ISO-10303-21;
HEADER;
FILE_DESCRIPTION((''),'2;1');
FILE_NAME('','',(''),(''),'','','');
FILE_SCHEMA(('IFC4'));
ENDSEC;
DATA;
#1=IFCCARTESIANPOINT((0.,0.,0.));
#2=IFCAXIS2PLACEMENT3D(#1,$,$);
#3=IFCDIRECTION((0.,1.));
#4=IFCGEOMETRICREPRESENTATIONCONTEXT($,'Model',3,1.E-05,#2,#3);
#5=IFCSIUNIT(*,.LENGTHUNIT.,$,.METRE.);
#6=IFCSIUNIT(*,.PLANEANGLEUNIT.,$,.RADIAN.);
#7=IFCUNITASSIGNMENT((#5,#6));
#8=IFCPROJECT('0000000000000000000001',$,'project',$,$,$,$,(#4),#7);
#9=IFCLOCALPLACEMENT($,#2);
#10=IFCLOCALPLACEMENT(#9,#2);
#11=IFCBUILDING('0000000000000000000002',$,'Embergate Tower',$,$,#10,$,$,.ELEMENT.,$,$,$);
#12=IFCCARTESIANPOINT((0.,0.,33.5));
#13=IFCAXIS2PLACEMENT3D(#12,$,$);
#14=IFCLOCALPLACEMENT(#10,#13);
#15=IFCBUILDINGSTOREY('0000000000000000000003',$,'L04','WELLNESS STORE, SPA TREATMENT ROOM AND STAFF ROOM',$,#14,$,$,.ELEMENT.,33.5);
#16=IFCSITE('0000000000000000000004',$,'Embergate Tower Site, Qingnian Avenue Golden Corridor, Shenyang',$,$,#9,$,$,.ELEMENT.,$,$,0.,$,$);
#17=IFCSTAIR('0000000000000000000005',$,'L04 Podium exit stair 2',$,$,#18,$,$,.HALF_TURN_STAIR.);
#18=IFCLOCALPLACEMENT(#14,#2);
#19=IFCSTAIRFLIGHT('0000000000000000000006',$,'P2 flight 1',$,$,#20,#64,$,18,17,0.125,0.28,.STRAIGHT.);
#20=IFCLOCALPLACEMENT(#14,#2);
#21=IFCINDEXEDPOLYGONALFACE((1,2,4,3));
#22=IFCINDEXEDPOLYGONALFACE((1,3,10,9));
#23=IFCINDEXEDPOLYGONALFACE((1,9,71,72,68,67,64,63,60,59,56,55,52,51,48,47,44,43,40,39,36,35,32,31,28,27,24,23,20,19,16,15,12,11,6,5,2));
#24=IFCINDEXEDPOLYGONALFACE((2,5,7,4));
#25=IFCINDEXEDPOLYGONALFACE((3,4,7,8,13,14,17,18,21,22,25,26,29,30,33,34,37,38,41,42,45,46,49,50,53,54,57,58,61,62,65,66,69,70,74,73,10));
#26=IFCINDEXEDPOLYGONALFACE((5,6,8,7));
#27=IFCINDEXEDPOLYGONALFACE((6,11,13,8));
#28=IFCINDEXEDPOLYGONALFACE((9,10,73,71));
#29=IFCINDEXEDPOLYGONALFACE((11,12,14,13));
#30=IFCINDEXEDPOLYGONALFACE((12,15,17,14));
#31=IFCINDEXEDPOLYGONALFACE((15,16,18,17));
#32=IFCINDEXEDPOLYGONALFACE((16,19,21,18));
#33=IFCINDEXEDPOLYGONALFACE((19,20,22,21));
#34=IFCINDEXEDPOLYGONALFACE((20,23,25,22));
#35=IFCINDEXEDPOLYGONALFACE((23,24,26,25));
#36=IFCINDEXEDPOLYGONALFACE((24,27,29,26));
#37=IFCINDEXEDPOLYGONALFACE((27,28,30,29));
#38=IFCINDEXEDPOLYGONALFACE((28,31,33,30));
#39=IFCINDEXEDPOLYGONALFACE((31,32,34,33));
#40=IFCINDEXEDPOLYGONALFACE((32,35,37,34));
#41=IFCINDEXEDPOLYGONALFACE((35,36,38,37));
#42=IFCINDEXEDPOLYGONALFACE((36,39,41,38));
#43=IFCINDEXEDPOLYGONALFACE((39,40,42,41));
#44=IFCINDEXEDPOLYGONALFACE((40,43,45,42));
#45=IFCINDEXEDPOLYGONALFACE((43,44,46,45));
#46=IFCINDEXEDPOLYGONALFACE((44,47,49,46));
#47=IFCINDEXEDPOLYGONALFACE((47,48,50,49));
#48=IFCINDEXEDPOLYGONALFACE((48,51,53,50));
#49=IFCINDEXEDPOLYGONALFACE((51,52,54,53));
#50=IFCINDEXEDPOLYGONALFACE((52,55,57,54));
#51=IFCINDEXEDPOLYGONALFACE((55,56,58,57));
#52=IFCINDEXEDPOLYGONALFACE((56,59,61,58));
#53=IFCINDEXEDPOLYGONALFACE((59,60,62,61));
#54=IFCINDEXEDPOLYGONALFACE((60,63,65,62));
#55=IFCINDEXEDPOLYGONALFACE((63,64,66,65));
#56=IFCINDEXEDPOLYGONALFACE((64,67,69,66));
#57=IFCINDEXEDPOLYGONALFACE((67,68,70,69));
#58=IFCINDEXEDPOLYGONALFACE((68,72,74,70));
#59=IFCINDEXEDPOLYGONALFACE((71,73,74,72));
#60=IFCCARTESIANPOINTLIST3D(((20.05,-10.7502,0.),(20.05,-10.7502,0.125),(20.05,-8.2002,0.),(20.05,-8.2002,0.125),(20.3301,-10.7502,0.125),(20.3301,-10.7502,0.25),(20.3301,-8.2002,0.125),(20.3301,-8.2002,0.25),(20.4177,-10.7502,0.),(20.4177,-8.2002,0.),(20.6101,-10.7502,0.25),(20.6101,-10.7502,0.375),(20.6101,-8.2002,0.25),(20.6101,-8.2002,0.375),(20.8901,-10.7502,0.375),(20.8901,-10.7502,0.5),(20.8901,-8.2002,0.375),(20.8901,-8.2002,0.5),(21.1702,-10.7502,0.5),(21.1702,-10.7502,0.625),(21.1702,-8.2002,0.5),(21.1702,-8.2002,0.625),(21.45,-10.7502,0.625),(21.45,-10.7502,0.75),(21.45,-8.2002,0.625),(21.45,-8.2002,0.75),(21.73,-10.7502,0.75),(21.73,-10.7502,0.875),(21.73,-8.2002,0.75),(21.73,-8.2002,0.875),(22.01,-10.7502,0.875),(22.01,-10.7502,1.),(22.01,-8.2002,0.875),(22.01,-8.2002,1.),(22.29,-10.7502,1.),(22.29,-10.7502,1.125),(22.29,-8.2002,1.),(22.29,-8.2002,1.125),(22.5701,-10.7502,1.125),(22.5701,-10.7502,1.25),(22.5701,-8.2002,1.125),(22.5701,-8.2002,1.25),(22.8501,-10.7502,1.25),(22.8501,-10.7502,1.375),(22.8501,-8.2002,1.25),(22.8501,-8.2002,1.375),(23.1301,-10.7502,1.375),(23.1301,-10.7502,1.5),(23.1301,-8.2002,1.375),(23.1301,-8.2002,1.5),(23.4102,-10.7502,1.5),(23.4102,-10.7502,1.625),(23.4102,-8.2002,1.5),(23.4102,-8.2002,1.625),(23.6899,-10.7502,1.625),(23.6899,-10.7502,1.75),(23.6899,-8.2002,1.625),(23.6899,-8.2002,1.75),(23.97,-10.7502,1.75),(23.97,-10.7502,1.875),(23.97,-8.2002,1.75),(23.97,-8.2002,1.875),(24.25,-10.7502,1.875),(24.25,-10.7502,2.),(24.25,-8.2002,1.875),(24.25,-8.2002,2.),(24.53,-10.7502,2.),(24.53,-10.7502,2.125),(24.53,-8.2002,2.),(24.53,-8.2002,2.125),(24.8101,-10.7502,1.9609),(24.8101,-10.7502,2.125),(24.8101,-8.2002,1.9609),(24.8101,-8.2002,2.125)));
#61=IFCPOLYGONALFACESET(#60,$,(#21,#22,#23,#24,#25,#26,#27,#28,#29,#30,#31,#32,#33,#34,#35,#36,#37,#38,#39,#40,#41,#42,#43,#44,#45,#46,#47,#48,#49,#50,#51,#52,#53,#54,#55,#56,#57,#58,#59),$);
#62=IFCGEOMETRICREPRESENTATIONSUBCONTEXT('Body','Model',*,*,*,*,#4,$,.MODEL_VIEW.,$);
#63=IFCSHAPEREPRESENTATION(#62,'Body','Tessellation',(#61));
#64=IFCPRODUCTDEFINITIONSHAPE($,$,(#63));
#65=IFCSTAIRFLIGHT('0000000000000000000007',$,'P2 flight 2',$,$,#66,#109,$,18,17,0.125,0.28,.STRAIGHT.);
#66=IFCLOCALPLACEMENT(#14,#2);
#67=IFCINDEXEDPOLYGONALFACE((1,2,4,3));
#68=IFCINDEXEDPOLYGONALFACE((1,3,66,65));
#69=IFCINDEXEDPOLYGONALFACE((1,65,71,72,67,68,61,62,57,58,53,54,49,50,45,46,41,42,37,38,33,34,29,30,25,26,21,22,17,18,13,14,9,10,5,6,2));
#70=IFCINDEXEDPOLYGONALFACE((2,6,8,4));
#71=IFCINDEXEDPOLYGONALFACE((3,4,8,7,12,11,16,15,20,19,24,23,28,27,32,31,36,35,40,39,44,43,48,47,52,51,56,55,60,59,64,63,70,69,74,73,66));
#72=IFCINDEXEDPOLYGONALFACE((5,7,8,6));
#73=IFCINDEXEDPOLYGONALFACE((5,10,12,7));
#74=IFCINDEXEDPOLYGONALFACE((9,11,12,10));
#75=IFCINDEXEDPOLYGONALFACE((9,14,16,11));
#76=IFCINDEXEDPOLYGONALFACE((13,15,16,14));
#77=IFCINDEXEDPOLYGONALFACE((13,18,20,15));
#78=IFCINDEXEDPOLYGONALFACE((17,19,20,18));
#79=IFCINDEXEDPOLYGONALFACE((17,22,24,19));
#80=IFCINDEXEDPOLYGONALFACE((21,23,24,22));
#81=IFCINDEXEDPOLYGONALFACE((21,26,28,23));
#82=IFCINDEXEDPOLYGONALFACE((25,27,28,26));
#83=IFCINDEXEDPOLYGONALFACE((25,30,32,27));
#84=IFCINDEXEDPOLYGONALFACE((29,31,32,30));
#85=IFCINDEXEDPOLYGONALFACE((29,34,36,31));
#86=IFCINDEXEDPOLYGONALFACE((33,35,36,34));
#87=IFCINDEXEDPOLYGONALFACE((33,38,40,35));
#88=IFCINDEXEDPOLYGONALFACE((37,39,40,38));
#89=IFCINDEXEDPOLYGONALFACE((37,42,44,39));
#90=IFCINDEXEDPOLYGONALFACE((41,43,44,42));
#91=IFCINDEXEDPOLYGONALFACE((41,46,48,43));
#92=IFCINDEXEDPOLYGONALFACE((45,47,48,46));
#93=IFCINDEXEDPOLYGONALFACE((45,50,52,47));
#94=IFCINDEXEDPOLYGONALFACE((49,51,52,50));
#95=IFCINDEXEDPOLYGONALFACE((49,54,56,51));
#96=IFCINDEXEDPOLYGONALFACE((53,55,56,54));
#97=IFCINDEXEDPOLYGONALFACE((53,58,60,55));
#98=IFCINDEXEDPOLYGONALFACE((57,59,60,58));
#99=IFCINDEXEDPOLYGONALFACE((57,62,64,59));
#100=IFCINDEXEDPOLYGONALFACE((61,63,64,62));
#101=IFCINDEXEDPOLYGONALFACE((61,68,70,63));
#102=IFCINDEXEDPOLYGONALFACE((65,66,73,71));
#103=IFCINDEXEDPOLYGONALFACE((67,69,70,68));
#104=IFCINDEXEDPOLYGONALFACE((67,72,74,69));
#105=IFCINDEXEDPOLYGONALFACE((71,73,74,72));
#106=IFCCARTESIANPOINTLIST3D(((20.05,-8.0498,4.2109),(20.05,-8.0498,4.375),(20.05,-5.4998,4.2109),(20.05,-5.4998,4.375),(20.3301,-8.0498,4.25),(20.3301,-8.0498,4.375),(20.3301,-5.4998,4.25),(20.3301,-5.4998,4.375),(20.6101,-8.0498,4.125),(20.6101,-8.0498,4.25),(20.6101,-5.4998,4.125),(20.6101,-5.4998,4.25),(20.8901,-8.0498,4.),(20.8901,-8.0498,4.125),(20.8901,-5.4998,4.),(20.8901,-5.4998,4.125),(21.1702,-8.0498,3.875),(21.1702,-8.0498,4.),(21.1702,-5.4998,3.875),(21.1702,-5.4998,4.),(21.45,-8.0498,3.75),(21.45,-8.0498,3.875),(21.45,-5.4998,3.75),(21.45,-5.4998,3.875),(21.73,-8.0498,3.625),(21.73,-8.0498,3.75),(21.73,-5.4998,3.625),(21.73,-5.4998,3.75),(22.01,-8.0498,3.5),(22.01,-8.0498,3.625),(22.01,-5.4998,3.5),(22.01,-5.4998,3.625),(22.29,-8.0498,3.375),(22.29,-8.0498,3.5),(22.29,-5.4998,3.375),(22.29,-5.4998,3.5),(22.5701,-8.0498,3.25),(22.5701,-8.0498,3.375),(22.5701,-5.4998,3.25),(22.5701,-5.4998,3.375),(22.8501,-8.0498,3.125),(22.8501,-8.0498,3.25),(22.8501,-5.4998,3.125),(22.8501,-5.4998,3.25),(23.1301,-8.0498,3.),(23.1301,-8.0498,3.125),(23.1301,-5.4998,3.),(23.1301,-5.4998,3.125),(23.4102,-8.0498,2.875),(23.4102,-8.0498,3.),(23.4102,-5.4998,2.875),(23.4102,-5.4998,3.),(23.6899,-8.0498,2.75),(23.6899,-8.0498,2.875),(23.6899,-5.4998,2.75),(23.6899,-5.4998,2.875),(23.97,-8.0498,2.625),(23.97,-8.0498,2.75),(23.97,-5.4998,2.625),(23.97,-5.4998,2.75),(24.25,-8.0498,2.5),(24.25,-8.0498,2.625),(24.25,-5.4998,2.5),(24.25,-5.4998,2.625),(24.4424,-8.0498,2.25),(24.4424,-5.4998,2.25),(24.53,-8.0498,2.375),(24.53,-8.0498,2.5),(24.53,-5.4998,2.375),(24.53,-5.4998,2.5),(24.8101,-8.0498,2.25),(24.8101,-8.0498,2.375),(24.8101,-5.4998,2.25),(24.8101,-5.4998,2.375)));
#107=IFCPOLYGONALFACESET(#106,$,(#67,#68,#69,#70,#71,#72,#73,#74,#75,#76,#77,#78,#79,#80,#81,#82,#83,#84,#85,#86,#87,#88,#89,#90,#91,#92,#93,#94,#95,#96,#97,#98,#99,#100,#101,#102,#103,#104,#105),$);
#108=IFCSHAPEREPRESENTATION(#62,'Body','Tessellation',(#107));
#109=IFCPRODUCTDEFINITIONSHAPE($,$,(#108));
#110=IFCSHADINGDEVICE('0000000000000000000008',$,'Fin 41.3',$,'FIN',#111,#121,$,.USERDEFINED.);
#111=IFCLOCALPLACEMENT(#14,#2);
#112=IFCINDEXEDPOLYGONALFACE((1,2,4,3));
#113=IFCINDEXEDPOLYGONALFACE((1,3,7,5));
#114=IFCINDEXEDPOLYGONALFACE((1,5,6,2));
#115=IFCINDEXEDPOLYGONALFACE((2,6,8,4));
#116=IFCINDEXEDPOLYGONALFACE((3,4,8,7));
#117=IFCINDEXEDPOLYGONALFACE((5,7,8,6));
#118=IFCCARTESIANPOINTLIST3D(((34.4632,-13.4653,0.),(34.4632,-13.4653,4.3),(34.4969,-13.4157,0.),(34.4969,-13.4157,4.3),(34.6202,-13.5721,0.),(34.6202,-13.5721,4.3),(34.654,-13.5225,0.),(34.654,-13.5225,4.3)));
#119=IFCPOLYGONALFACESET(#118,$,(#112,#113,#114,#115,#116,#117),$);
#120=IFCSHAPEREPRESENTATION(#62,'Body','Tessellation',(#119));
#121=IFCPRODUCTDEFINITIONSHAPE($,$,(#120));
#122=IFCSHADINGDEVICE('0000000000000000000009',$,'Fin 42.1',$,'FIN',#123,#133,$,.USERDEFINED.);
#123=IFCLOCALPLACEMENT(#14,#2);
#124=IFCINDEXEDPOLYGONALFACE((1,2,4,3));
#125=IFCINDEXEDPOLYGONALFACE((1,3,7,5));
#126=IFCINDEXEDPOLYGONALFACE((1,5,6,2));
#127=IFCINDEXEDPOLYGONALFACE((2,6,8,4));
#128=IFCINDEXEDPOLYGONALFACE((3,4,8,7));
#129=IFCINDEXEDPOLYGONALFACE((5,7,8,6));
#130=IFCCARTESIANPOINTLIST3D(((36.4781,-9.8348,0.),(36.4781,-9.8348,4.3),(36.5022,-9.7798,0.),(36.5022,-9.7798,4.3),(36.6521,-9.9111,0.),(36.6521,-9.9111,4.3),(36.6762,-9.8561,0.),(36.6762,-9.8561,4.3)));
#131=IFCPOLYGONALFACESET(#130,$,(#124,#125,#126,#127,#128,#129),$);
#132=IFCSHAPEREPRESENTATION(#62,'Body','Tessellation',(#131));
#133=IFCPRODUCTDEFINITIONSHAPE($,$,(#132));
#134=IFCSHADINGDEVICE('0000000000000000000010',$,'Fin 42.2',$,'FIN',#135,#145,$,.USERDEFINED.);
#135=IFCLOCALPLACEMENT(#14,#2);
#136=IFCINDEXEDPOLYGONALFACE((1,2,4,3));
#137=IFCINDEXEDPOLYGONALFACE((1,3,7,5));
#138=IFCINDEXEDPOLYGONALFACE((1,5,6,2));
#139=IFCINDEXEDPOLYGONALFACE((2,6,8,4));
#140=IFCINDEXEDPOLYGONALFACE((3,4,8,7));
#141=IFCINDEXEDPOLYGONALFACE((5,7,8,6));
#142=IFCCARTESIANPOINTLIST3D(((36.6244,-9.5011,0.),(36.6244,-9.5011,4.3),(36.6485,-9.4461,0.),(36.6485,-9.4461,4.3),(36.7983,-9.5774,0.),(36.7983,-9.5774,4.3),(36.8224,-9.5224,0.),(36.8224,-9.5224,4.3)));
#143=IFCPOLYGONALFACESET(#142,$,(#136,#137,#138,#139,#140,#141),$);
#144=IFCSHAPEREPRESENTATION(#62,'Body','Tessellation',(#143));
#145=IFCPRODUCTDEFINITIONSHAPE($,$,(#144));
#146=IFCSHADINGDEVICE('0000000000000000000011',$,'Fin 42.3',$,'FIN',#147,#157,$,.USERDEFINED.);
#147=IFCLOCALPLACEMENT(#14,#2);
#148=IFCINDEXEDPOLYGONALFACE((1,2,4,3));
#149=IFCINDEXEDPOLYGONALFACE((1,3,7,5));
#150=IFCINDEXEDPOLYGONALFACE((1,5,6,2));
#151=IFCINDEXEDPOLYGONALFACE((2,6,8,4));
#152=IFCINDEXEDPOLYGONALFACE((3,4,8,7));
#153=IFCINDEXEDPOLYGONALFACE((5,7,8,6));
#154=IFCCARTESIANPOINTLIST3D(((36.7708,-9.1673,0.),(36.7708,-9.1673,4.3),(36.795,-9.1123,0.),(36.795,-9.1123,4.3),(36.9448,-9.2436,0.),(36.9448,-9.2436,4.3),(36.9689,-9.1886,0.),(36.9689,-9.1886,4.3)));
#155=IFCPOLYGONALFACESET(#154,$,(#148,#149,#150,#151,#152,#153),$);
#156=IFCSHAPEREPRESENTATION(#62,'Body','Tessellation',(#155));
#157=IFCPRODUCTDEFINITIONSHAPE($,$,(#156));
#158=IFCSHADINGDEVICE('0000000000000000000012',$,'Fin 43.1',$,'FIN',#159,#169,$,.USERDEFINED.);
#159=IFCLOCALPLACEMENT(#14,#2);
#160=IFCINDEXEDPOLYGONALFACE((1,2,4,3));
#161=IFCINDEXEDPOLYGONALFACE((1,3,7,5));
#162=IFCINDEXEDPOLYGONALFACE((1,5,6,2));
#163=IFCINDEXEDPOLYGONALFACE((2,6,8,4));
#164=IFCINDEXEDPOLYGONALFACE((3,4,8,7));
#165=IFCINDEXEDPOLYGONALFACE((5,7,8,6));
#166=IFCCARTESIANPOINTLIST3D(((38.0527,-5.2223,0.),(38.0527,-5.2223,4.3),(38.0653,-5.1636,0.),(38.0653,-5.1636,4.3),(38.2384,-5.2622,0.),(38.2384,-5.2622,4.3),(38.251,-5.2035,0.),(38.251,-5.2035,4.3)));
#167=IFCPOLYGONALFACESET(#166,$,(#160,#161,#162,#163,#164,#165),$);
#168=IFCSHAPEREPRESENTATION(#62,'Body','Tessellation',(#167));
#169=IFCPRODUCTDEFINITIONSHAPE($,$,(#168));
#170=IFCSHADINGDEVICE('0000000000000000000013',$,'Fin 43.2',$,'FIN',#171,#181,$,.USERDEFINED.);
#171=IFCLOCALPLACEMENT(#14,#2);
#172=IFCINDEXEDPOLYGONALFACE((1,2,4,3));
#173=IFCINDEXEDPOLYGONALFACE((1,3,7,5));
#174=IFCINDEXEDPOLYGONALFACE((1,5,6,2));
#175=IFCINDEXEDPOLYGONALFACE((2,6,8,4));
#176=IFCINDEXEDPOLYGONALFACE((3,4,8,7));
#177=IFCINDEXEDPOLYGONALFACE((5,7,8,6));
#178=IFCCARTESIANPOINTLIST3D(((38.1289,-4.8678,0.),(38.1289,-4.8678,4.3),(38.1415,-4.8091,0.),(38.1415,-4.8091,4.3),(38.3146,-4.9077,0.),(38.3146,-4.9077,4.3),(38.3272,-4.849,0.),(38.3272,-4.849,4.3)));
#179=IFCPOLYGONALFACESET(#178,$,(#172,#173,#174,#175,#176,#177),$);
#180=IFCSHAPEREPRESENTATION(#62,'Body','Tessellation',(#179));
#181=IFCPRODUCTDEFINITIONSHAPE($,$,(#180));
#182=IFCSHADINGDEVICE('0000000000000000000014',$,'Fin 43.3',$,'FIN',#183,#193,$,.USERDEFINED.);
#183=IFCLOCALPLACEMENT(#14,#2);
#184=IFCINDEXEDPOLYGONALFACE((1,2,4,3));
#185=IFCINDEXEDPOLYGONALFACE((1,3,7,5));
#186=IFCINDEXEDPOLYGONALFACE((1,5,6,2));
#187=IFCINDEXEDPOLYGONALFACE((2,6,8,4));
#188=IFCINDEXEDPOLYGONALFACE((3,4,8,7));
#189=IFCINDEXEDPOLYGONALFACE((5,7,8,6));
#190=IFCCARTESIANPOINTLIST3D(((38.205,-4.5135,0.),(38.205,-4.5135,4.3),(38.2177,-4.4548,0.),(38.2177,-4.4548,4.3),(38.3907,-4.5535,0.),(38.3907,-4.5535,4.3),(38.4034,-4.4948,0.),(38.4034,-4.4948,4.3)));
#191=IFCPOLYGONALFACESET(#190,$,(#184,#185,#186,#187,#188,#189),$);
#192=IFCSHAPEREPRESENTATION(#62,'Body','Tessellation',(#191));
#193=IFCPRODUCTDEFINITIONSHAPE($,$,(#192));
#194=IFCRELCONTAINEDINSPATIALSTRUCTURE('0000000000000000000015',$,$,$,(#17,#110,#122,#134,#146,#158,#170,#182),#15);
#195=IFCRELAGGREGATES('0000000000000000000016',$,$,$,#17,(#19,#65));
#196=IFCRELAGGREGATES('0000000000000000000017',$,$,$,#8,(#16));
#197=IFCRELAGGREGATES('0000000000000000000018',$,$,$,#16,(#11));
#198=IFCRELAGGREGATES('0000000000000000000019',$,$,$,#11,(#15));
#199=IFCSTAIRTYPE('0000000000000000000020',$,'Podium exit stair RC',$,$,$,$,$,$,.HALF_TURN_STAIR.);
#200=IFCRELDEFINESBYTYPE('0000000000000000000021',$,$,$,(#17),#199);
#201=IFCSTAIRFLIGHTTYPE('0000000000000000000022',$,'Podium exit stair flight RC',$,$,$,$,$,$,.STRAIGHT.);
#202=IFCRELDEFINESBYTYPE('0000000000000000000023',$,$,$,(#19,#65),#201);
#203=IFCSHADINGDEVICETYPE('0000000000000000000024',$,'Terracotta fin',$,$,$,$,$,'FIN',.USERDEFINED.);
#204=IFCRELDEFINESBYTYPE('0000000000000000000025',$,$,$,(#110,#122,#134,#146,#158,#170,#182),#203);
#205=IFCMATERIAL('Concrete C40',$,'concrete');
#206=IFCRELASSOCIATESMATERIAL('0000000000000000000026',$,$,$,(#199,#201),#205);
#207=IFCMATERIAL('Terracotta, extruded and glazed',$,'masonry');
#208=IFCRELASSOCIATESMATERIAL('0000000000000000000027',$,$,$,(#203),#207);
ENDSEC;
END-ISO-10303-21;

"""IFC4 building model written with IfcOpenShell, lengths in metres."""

from ifc_helpers import new_model, si_unit, direction, frame, origin, origin_2d, place, context, subcontext, project, spatial, polyline, rectangle, outline, extrude, source, transform, mapped, material, material_profile, profile_set, type_object, element, aggregate, save


model = new_model("IFC4")

# Units and contexts
model_context = context("Model", 3, precision=1e-05, world=origin(), true_north=direction((0.0, 1.0)))
body_context = subcontext(model_context, "Body", "Model", "MODEL_VIEW")
ifc_project = project(units=[si_unit("LENGTHUNIT", "METRE"), si_unit("PLANEANGLEUNIT", "RADIAN")], contexts=[model_context])

# Site, building, storey
site_placement = place(None, origin())
site = spatial("IfcSite", under=ifc_project, at=site_placement, Name="Embergate Tower Site, Qingnian Avenue Golden Corridor, Shenyang", CompositionType="ELEMENT", RefElevation=0.0)
building_placement = place(site_placement, origin())
building = spatial("IfcBuilding", under=site, at=building_placement, Name="Embergate Tower", CompositionType="ELEMENT")
storey_placement = place(building_placement, frame((0.0, 0.0, 33.5)))
storey = spatial("IfcBuildingStorey", under=building, at=storey_placement, Name="L04", Description="WELLNESS STORE, SPA TREATMENT ROOM AND STAFF ROOM", CompositionType="ELEMENT", Elevation=33.5)

# Stair
ifc_material_1 = material(Name="Concrete C40", Category="concrete")
stair_type = type_object("IfcStairType", Name="Podium exit stair RC", PredefinedType="HALF_TURN_STAIR", material=ifc_material_1)
stair_placement = place(storey_placement, origin())
stair = element("IfcStair", 1, at=stair_placement, inside=storey, type_object=stair_type, Name="L04 Podium exit stair 2", PredefinedType="HALF_TURN_STAIR")

# Stair flights
stair_flight_type = type_object("IfcStairFlightType", Name="Podium exit stair flight RC", PredefinedType="STRAIGHT", material=ifc_material_1)
shared_shape_1 = source(origin(), body_context, "Body", "SweptSolid", [
    extrude(outline(polyline([(0.0, 0.0), (0.0, 0.125), (0.28, 0.125), (0.28, 0.25), (0.5601, 0.25), (0.5601, 0.375), (0.8401, 0.375), (0.8401, 0.5), (1.1201, 0.5), (1.1201, 0.625), (1.3999, 0.625), (1.3999, 0.75), (1.6799, 0.75), (1.6799, 0.875), (1.96, 0.875), (1.96, 1.0), (2.24, 1.0), (2.24, 1.125), (2.52, 1.125), (2.52, 1.25), (2.8, 1.25), (2.8, 1.375), (3.0801, 1.375), (3.0801, 1.5), (3.3601, 1.5), (3.3601, 1.625), (3.6399, 1.625), (3.6399, 1.75), (3.9199, 1.75), (3.9199, 1.875), (4.2, 1.875), (4.2, 2.0), (4.48, 2.0), (4.48, 2.125), (4.76, 2.125), (4.76, 2.25), (4.76, 1.9609), (0.3677, 0.0), (0.0, 0.0)])), frame((0.0, 1.2749, 0.0), z_axis=(0.0, -1.0, 0.0), x_axis=(1.0, 0.0, 0.0)), (0.0, 0.0, 1.0), 2.55),
])
stair_flight_1_placement = place(storey_placement, frame((20.05, -9.4751, 0.0), z_axis=(0.0, 0.0, 1.0), x_axis=(1.0, 0.0, 0.0)))
stair_flight_1 = element("IfcStairFlight", 2, at=stair_flight_1_placement, type_object=stair_flight_type, Name="P2 flight 1", NumberOfRisers=18, NumberOfTreads=17, PredefinedType="STRAIGHT", RiserHeight=0.125, TreadLength=0.28, context=body_context, shape_type="MappedRepresentation", body=[
    mapped(shared_shape_1, transform((0.0, 0.0, 0.0))),
])
stair_flight_2_placement = place(storey_placement, frame((24.8101, -6.7749, 2.25), z_axis=(0.0, 0.0, 1.0), x_axis=(-1.0, 0.0, 0.0)))
stair_flight_2 = element("IfcStairFlight", 3, at=stair_flight_2_placement, type_object=stair_flight_type, Name="P2 flight 2", NumberOfRisers=18, NumberOfTreads=17, PredefinedType="STRAIGHT", RiserHeight=0.125, TreadLength=0.28, context=body_context, shape_type="MappedRepresentation", body=[
    mapped(shared_shape_1, transform((0.0, 0.0, 0.0))),
])
aggregate(stair, [stair_flight_1, stair_flight_2])

# Shading devices
ifc_material_2 = material(Name="Terracotta, extruded and glazed", Category="masonry")
ifc_material_profile_1 = material_profile(ifc_material_2, rectangle(XDim=0.1899, YDim=0.0601, at=origin_2d()), Name="TC 190x60")
ifc_profile_set_1 = profile_set([ifc_material_profile_1], Name="Terracotta, extruded and glazed")
shading_device_type = type_object("IfcShadingDeviceType", Name="Terracotta fin", ElementType="FIN", PredefinedType="USERDEFINED", material=ifc_profile_set_1)
shared_shape_2 = source(origin(), body_context, "Body", "SweptSolid", [
    extrude(rectangle(XDim=0.1899, YDim=0.0601, at=origin_2d()), origin(), (0.0, 0.0, 1.0), 4.3),
])
for number, where, z_axis, x_axis, name in (
    (4, (34.5586, -13.4939, 0.0), (0.0, 0.0, 1.0), (-0.826902, 0.562346, 0.0), "Fin 41.3"),
    (5, (36.5771, -9.8455, 0.0), (0.0, 0.0, 1.0), (-0.915791, 0.401655, 0.0), "Fin 42.1"),
    (6, (36.7234, -9.5117, 0.0), (0.0, 0.0, 1.0), (-0.915791, 0.401655, 0.0), "Fin 42.2"),
    (7, (36.8699, -9.178, 0.0), (0.0, 0.0, 1.0), (-0.915791, 0.401655, 0.0), "Fin 42.3"),
    (8, (38.1519, -5.2129, 0.0), (0.0, 0.0, 1.0), (-0.977615, 0.2104, 0.0), "Fin 43.1"),
    (9, (38.228, -4.8584, 0.0), (0.0, 0.0, 1.0), (-0.977615, 0.2104, 0.0), "Fin 43.2"),
    (10, (38.3042, -4.5042, 0.0), (0.0, 0.0, 1.0), (-0.977615, 0.2104, 0.0), "Fin 43.3"),
):
    element("IfcShadingDevice", number, at=place(storey_placement, frame(where, z_axis=z_axis, x_axis=x_axis)), inside=storey, type_object=shading_device_type, Name=name, ObjectType="FIN", PredefinedType="USERDEFINED", context=body_context, shape_type="MappedRepresentation", body=[
        mapped(shared_shape_2, transform((0.0, 0.0, 0.0))),
    ])

save(model, "model.ifc")
